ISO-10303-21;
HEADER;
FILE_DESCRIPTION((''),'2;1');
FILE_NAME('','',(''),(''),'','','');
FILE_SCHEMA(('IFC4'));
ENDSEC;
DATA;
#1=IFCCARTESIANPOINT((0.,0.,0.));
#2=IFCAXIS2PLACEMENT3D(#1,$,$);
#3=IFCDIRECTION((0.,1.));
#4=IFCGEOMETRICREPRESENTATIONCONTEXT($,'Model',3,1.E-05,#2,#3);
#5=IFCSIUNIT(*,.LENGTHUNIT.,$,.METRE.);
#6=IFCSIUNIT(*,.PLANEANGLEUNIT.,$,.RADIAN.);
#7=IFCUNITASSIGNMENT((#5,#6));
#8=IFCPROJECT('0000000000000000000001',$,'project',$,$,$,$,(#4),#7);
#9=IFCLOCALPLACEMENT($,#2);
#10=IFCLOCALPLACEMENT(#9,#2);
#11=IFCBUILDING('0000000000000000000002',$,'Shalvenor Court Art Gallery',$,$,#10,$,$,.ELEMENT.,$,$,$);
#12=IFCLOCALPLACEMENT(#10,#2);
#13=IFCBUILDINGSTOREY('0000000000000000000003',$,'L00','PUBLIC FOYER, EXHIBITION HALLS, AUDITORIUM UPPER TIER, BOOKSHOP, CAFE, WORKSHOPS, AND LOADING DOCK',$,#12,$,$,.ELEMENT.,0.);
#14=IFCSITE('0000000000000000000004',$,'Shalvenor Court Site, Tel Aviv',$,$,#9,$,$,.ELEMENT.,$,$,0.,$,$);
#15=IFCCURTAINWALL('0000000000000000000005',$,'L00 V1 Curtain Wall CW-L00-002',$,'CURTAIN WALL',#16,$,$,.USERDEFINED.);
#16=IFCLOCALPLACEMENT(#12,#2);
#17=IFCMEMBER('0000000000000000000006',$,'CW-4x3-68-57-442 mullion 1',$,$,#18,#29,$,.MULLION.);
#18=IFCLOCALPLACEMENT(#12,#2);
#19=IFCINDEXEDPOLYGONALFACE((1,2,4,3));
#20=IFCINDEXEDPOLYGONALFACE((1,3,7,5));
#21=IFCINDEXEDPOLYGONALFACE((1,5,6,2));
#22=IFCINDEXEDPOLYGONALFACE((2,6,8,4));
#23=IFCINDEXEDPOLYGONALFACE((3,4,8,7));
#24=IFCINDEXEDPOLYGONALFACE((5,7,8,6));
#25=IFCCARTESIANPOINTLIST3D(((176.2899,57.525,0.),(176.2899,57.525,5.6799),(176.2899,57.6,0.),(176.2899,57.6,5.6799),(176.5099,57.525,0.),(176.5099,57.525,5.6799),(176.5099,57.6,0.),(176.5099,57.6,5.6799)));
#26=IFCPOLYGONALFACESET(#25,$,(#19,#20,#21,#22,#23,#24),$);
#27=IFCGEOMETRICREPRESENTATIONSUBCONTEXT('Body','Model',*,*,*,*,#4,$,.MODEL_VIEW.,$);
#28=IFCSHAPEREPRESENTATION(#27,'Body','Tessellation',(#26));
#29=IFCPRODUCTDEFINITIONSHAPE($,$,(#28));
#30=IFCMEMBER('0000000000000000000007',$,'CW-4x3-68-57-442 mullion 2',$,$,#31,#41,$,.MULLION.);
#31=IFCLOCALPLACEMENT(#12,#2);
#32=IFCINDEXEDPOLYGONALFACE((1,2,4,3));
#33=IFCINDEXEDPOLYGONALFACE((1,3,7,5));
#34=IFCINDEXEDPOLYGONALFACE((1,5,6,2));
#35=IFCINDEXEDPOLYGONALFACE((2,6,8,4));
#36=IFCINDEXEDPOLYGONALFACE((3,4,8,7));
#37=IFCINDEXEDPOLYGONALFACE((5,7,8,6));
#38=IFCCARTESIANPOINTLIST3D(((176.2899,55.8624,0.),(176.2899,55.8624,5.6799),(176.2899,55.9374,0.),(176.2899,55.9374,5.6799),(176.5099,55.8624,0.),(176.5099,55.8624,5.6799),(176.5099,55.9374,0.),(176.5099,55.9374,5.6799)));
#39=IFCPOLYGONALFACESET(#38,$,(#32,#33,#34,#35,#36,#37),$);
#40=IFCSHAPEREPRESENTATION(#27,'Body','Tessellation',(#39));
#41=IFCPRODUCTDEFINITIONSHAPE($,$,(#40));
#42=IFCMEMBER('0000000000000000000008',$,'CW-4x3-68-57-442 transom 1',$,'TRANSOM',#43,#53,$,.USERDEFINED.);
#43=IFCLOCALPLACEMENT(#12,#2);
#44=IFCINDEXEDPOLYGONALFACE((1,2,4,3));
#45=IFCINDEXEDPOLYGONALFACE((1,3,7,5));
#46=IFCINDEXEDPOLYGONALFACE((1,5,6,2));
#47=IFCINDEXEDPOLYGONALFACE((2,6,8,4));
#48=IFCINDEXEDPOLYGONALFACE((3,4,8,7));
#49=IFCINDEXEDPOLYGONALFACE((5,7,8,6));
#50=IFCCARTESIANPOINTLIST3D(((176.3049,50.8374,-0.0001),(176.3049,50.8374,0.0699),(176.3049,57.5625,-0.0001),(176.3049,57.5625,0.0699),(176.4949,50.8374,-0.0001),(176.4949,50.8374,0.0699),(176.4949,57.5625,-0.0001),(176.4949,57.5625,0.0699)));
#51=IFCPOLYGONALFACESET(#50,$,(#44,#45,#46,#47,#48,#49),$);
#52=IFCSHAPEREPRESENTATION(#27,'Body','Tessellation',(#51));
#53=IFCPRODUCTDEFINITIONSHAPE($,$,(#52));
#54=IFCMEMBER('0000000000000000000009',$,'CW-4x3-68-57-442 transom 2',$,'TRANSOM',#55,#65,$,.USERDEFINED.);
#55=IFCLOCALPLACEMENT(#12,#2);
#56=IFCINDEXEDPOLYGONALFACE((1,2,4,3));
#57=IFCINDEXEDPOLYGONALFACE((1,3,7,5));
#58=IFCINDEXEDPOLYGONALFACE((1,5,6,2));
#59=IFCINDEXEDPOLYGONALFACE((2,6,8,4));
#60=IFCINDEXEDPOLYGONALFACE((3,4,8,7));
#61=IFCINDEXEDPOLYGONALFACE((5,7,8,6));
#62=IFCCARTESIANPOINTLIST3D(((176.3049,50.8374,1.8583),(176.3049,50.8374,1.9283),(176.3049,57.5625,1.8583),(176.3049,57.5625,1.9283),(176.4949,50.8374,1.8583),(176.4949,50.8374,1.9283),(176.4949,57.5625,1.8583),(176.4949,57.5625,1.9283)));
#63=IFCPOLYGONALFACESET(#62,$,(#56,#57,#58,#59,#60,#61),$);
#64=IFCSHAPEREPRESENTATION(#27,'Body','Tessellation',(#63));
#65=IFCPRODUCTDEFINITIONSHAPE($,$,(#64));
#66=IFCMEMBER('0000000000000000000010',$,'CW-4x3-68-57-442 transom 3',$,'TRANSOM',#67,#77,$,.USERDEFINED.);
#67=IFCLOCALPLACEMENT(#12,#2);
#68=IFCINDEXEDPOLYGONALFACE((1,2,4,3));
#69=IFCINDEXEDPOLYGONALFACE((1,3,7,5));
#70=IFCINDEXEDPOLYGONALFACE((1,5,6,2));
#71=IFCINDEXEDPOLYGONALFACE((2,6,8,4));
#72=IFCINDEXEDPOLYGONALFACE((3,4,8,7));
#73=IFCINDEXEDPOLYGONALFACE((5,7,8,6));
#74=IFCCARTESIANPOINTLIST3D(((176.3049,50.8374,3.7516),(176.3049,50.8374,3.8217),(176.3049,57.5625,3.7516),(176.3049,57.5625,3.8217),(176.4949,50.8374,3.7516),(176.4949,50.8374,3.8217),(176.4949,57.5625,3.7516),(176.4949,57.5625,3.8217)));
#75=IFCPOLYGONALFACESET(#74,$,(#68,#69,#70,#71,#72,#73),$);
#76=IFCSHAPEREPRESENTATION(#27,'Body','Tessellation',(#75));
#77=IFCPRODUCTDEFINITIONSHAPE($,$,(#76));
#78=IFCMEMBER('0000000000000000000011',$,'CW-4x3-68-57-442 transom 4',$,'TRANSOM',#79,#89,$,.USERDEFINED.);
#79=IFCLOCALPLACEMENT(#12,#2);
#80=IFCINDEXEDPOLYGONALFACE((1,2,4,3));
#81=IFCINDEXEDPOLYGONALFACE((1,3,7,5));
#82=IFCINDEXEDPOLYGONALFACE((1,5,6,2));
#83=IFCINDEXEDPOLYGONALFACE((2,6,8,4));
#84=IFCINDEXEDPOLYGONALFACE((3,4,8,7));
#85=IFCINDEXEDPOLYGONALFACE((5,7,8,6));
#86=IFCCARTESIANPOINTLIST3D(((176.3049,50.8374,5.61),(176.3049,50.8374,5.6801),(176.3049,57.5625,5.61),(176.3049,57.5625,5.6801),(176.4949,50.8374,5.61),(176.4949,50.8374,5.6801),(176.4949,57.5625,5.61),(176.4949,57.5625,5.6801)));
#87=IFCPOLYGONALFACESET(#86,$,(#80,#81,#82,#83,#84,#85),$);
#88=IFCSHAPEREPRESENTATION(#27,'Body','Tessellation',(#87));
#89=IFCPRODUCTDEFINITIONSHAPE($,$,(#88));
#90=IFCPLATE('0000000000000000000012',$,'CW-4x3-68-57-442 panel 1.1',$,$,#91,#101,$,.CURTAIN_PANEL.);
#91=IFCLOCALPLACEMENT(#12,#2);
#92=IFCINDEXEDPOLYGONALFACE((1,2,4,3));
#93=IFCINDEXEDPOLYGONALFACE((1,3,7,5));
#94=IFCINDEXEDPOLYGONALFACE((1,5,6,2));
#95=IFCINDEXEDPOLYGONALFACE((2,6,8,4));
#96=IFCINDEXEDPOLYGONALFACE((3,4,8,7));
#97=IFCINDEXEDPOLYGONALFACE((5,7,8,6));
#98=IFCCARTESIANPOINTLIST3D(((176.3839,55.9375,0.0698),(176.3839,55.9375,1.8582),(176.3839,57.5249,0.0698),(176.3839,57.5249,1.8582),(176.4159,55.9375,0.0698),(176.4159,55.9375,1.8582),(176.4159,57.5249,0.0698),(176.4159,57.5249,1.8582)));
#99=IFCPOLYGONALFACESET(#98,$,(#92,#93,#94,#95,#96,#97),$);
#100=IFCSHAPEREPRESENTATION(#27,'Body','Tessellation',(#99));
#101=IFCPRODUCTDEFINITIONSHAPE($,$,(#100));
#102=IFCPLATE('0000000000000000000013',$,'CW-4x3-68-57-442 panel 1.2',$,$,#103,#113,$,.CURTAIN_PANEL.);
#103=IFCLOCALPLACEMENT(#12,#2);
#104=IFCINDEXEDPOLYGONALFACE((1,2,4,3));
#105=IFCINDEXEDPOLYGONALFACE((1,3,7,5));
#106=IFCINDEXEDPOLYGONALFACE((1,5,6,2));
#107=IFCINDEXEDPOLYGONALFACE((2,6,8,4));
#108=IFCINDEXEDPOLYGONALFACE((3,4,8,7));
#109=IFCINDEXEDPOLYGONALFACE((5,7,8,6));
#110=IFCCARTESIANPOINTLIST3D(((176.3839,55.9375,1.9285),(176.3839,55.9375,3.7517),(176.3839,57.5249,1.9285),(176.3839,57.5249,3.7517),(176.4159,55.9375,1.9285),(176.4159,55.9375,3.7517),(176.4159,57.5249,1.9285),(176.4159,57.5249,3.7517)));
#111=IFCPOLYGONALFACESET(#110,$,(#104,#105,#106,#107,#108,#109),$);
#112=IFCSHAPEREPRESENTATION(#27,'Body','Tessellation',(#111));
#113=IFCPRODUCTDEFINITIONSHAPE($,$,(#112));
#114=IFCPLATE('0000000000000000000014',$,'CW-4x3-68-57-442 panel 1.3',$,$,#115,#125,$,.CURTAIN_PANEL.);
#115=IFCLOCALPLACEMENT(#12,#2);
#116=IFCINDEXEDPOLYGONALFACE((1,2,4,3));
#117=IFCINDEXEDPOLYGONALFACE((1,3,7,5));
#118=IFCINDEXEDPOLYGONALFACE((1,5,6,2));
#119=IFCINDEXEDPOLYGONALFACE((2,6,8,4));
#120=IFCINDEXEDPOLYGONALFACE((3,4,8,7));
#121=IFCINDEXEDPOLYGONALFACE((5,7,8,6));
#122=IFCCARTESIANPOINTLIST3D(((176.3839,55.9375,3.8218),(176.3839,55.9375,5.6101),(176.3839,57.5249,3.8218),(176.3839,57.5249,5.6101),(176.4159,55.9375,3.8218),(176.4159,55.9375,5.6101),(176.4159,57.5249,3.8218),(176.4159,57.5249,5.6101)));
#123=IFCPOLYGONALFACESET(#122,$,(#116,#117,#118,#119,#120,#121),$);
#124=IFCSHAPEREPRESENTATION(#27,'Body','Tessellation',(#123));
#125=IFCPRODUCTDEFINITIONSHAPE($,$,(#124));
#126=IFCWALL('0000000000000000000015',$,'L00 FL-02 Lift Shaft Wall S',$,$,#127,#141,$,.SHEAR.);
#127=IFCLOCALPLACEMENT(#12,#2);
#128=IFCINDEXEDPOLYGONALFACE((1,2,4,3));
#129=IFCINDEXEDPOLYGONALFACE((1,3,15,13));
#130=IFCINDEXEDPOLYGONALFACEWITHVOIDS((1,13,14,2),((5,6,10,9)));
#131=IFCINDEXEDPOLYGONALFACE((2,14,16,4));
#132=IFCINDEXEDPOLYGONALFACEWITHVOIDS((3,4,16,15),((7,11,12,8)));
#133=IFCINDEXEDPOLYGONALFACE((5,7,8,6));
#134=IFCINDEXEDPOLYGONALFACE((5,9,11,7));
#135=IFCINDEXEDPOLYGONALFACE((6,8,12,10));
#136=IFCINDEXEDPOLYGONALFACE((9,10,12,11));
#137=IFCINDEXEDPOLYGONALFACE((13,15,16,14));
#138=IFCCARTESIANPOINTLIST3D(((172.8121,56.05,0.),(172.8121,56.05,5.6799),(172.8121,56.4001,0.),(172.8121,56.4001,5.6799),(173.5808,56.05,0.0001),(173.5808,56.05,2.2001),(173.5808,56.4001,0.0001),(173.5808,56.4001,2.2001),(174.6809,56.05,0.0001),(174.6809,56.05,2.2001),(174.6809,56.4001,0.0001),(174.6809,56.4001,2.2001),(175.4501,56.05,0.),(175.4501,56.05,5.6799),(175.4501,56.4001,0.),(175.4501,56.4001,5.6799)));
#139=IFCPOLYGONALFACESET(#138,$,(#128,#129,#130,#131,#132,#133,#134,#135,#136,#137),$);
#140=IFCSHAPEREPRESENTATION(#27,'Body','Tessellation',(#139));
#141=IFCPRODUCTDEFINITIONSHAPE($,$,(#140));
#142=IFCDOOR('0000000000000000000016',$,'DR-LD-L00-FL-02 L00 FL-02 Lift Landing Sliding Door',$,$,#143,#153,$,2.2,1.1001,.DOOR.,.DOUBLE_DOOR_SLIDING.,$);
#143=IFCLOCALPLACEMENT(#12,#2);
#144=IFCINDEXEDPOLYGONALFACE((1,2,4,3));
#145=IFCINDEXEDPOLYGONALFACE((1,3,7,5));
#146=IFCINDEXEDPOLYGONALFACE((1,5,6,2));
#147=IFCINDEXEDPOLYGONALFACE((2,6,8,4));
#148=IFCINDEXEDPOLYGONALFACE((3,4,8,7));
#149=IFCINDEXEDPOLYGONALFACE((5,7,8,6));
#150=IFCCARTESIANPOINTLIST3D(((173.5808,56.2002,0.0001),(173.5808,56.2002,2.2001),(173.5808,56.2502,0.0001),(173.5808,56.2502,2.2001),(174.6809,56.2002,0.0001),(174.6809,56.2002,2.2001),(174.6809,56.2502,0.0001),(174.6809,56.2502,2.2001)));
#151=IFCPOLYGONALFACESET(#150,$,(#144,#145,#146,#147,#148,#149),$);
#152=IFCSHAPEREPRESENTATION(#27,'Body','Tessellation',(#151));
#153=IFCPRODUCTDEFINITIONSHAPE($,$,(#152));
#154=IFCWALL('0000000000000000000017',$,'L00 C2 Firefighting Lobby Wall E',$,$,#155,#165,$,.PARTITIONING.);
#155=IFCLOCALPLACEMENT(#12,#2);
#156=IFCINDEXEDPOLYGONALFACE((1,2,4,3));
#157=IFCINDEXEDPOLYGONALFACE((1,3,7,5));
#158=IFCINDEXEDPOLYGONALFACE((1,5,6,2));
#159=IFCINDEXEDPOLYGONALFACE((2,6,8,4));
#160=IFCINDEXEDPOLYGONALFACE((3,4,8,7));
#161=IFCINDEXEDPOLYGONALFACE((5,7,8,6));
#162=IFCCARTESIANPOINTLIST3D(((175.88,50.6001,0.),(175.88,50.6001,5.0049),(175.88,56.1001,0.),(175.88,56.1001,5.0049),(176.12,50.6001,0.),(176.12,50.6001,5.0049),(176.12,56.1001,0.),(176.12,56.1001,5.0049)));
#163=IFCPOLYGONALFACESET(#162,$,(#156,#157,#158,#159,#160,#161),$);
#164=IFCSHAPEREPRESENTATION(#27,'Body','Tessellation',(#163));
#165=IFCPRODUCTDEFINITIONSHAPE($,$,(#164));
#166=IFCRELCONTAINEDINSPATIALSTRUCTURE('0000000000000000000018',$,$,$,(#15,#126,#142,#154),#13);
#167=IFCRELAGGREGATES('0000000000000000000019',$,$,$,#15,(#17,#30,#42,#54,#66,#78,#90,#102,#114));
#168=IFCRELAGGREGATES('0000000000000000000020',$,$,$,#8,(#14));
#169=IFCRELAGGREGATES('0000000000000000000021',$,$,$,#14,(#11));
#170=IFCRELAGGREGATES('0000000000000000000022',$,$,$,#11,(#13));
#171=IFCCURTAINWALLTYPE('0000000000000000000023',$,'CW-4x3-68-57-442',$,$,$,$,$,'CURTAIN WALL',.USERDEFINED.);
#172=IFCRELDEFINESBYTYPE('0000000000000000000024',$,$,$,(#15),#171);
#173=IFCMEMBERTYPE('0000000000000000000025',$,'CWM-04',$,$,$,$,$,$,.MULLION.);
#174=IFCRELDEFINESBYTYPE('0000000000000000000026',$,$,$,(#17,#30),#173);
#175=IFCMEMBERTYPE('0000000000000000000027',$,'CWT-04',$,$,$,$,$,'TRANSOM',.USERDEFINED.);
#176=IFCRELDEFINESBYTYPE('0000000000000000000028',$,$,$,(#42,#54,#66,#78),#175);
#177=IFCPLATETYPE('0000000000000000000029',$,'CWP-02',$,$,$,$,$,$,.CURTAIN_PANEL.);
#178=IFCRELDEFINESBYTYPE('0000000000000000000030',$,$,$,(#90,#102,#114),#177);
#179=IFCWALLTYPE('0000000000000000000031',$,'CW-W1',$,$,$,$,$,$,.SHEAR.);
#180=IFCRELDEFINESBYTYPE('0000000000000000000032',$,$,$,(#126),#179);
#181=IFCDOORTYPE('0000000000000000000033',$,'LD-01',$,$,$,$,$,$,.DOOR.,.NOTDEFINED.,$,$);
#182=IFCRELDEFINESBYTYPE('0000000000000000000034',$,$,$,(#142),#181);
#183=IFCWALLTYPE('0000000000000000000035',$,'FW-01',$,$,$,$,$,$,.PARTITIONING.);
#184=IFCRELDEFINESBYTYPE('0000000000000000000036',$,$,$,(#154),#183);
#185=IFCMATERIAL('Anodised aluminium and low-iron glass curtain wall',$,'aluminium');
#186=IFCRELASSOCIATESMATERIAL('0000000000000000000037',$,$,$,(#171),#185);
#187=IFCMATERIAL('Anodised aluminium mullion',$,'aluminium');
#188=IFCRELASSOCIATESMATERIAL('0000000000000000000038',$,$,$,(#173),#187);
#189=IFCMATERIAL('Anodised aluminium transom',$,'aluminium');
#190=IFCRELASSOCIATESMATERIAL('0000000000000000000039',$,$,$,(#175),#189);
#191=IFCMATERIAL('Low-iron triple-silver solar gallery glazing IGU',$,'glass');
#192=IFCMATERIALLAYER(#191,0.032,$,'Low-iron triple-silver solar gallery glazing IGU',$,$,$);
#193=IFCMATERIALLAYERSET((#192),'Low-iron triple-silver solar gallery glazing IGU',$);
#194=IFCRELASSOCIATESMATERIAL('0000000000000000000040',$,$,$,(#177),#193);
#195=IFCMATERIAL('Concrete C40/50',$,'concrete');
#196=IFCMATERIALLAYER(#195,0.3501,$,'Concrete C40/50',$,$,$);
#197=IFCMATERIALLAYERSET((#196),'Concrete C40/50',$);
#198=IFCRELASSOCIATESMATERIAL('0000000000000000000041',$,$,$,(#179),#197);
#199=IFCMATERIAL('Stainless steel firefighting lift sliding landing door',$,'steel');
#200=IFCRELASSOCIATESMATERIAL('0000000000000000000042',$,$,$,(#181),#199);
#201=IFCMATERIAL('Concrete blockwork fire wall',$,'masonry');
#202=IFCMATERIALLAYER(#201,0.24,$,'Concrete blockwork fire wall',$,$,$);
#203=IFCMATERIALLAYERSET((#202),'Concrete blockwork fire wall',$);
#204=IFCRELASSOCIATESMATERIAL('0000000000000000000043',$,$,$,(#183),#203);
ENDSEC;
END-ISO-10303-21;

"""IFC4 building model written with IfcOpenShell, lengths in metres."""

from ifc_helpers import new_model, si_unit, direction, frame, frame_2d, origin, origin_2d, place, context, subcontext, project, spatial, rectangle, extrude, material, layer, layer_set, material_profile, profile_set, type_object, element, fill, aggregate, save


model = new_model("IFC4")

# Units and contexts
model_context = context("Model", 3, precision=1e-05, world=origin(), true_north=direction((0.0, 1.0)))
body_context = subcontext(model_context, "Body", "Model", "MODEL_VIEW")
ifc_project = project(units=[si_unit("LENGTHUNIT", "METRE"), si_unit("PLANEANGLEUNIT", "RADIAN")], contexts=[model_context])

# Site, building, storey
site_placement = place(None, origin())
site = spatial("IfcSite", under=ifc_project, at=site_placement, Name="Shalvenor Court Site, Tel Aviv", CompositionType="ELEMENT", RefElevation=0.0)
building_placement = place(site_placement, origin())
building = spatial("IfcBuilding", under=site, at=building_placement, Name="Shalvenor Court Art Gallery", CompositionType="ELEMENT")
storey_placement = place(building_placement, origin())
storey = spatial("IfcBuildingStorey", under=building, at=storey_placement, Name="L00", Description="PUBLIC FOYER, EXHIBITION HALLS, AUDITORIUM UPPER TIER, BOOKSHOP, CAFE, WORKSHOPS, AND LOADING DOCK", CompositionType="ELEMENT", Elevation=0.0)

# Curtain wall, members, plates
ifc_material_1 = material(Name="Anodised aluminium and low-iron glass curtain wall", Category="aluminium")
curtain_wall_type = type_object("IfcCurtainWallType", Name="CW-4x3-68-57-442", ElementType="CURTAIN WALL", PredefinedType="USERDEFINED", material=ifc_material_1)
curtain_wall_placement = place(storey_placement, origin())
curtain_wall = element("IfcCurtainWall", 1, at=curtain_wall_placement, inside=storey, type_object=curtain_wall_type, Name="L00 V1 Curtain Wall CW-L00-002", ObjectType="CURTAIN WALL", PredefinedType="USERDEFINED")
ifc_material_2 = material(Name="Anodised aluminium mullion", Category="aluminium")
ifc_material_profile_1 = material_profile(ifc_material_2, rectangle(XDim=0.075, YDim=0.22, at=origin_2d()), Name="CWM-04")
ifc_profile_set_1 = profile_set([ifc_material_profile_1], Name="Anodised aluminium mullion")
member_type_1 = type_object("IfcMemberType", Name="CWM-04", PredefinedType="MULLION", material=ifc_profile_set_1)
member_1_placement = place(storey_placement, frame((176.3999, 57.5625, 0.0), z_axis=(0.0, 0.0, 1.0), x_axis=(0.0, -1.0, 0.0)))
member_1 = element("IfcMember", 2, at=member_1_placement, type_object=member_type_1, Name="CW-4x3-68-57-442 mullion 1", PredefinedType="MULLION", context=body_context, shape_type="SweptSolid", body=[
    extrude(rectangle(XDim=0.075, YDim=0.22, at=origin_2d()), origin(), (0.0, 0.0, 1.0), 5.6799),
])
member_2_placement = place(storey_placement, frame((176.3999, 55.8999, 0.0), z_axis=(0.0, 0.0, 1.0), x_axis=(0.0, -1.0, 0.0)))
member_2 = element("IfcMember", 3, at=member_2_placement, type_object=member_type_1, Name="CW-4x3-68-57-442 mullion 2", PredefinedType="MULLION", context=body_context, shape_type="SweptSolid", body=[
    extrude(rectangle(XDim=0.075, YDim=0.22, at=origin_2d()), origin(), (0.0, 0.0, 1.0), 5.6799),
])
ifc_material_3 = material(Name="Anodised aluminium transom", Category="aluminium")
ifc_material_profile_2 = material_profile(ifc_material_3, rectangle(XDim=0.1899, YDim=0.0701, at=origin_2d()), Name="CWT-04")
ifc_profile_set_2 = profile_set([ifc_material_profile_2], Name="Anodised aluminium transom")
member_type_2 = type_object("IfcMemberType", Name="CWT-04", ElementType="TRANSOM", PredefinedType="USERDEFINED", material=ifc_profile_set_2)
member_3_placement = place(storey_placement, frame((176.3999, 57.5625, 0.0349), z_axis=(0.0, -1.0, 0.0), x_axis=(1.0, 0.0, 0.0)))
member_3 = element("IfcMember", 4, at=member_3_placement, type_object=member_type_2, Name="CW-4x3-68-57-442 transom 1", ObjectType="TRANSOM", PredefinedType="USERDEFINED", context=body_context, shape_type="SweptSolid", body=[
    extrude(rectangle(XDim=0.1899, YDim=0.0701, at=origin_2d()), origin(), (0.0, 0.0, 1.0), 6.7251),
])
member_4_placement = place(storey_placement, frame((176.3999, 57.5625, 1.8933), z_axis=(0.0, -1.0, 0.0), x_axis=(1.0, 0.0, 0.0)))
member_4 = element("IfcMember", 5, at=member_4_placement, type_object=member_type_2, Name="CW-4x3-68-57-442 transom 2", ObjectType="TRANSOM", PredefinedType="USERDEFINED", context=body_context, shape_type="SweptSolid", body=[
    extrude(rectangle(XDim=0.1899, YDim=0.0701, at=origin_2d()), origin(), (0.0, 0.0, 1.0), 6.7251),
])
member_5_placement = place(storey_placement, frame((176.3999, 57.5625, 3.7866), z_axis=(0.0, -1.0, 0.0), x_axis=(1.0, 0.0, 0.0)))
member_5 = element("IfcMember", 6, at=member_5_placement, type_object=member_type_2, Name="CW-4x3-68-57-442 transom 3", ObjectType="TRANSOM", PredefinedType="USERDEFINED", context=body_context, shape_type="SweptSolid", body=[
    extrude(rectangle(XDim=0.1899, YDim=0.0701, at=origin_2d()), origin(), (0.0, 0.0, 1.0), 6.7251),
])
member_6_placement = place(storey_placement, frame((176.3999, 57.5625, 5.645), z_axis=(0.0, -1.0, 0.0), x_axis=(1.0, 0.0, 0.0)))
member_6 = element("IfcMember", 7, at=member_6_placement, type_object=member_type_2, Name="CW-4x3-68-57-442 transom 4", ObjectType="TRANSOM", PredefinedType="USERDEFINED", context=body_context, shape_type="SweptSolid", body=[
    extrude(rectangle(XDim=0.1899, YDim=0.0701, at=origin_2d()), origin(), (0.0, 0.0, 1.0), 6.7251),
])
ifc_material_4 = material(Name="Low-iron triple-silver solar gallery glazing IGU", Category="glass")
ifc_layer_1 = layer(ifc_material_4, 0.032, Name="Low-iron triple-silver solar gallery glazing IGU")
ifc_layer_set_1 = layer_set([ifc_layer_1], Name="Low-iron triple-silver solar gallery glazing IGU")
plate_type = type_object("IfcPlateType", Name="CWP-02", PredefinedType="CURTAIN_PANEL", material=ifc_layer_set_1)
plate_1_placement = place(storey_placement, frame((176.3999, 56.7312, 0.0698), z_axis=(0.0, 0.0, 1.0), x_axis=(0.0, -1.0, 0.0)))
plate_1 = element("IfcPlate", 8, at=plate_1_placement, type_object=plate_type, Name="CW-4x3-68-57-442 panel 1.1", PredefinedType="CURTAIN_PANEL", context=body_context, shape_type="SweptSolid", body=[
    extrude(rectangle(XDim=1.5874, YDim=0.032, at=origin_2d()), origin(), (0.0, 0.0, 1.0), 1.7883),
])
plate_2_placement = place(storey_placement, frame((176.3999, 56.7312, 1.9285), z_axis=(0.0, 0.0, 1.0), x_axis=(0.0, -1.0, 0.0)))
plate_2 = element("IfcPlate", 9, at=plate_2_placement, type_object=plate_type, Name="CW-4x3-68-57-442 panel 1.2", PredefinedType="CURTAIN_PANEL", context=body_context, shape_type="SweptSolid", body=[
    extrude(rectangle(XDim=1.5874, YDim=0.032, at=origin_2d()), origin(), (0.0, 0.0, 1.0), 1.8232),
])
plate_3_placement = place(storey_placement, frame((176.3999, 56.7312, 3.8218), z_axis=(0.0, 0.0, 1.0), x_axis=(0.0, -1.0, 0.0)))
plate_3 = element("IfcPlate", 10, at=plate_3_placement, type_object=plate_type, Name="CW-4x3-68-57-442 panel 1.3", PredefinedType="CURTAIN_PANEL", context=body_context, shape_type="SweptSolid", body=[
    extrude(rectangle(XDim=1.5874, YDim=0.032, at=origin_2d()), origin(), (0.0, 0.0, 1.0), 1.7883),
])
aggregate(curtain_wall, [member_1, member_2, member_3, member_4, member_5, member_6, plate_1, plate_2, plate_3])

# Wall, opening, door
ifc_material_5 = material(Name="Concrete C40/50", Category="concrete")
ifc_layer_2 = layer(ifc_material_5, 0.3501, Name="Concrete C40/50")
ifc_layer_set_2 = layer_set([ifc_layer_2], Name="Concrete C40/50")
wall_type_1 = type_object("IfcWallType", Name="CW-W1", PredefinedType="SHEAR", material=ifc_layer_set_2)
wall_1_placement = place(storey_placement, frame((175.45, 56.2251, 0.0), z_axis=(0.0, 0.0, 1.0), x_axis=(-1.0, 0.0, 0.0)))
wall_1 = element("IfcWall", 11, at=wall_1_placement, inside=storey, type_object=wall_type_1, Name="L00 FL-02 Lift Shaft Wall S", PredefinedType="SHEAR", context=body_context, shape_type="SweptSolid", body=[
    extrude(rectangle(XDim=2.6379, YDim=0.3501, at=frame_2d((1.3188, 0.0))), origin(), (0.0, 0.0, 1.0), 5.6799),
])
opening_placement = place(wall_1_placement, frame((0.769, 0.0, 0.0)))
opening = element("IfcOpeningElement", 12, at=opening_placement, cuts=wall_1, PredefinedType="OPENING", context=body_context, shape_type="SweptSolid", body=[
    extrude(rectangle(XDim=1.1001, YDim=2.2, at=frame_2d((0.55, 1.1001))), frame((0.0, 0.1851, 0.0), z_axis=(0.0, -1.0, 0.0), x_axis=(1.0, 0.0, 0.0)), (0.0, 0.0, 1.0), 0.3701),
])
ifc_material_6 = material(Name="Stainless steel firefighting lift sliding landing door", Category="steel")
door_type = type_object("IfcDoorType", Name="LD-01", OperationType="NOTDEFINED", PredefinedType="DOOR", material=ifc_material_6)
door_placement = place(opening_placement, origin())
door = element("IfcDoor", 13, at=door_placement, inside=storey, type_object=door_type, Name="DR-LD-L00-FL-02 L00 FL-02 Lift Landing Sliding Door", OperationType="DOUBLE_DOOR_SLIDING", OverallHeight=2.2, OverallWidth=1.1001, PredefinedType="DOOR", context=body_context, shape_type="SweptSolid", body=[
    extrude(rectangle(XDim=1.1001, YDim=2.2, at=frame_2d((0.55, 1.1001))), frame((0.0, 0.0249, 0.0), z_axis=(0.0, -1.0, 0.0), x_axis=(1.0, 0.0, 0.0)), (0.0, 0.0, 1.0), 0.05),
])
fill(opening, door)

# Wall
ifc_material_7 = material(Name="Concrete blockwork fire wall", Category="masonry")
ifc_layer_3 = layer(ifc_material_7, 0.24, Name="Concrete blockwork fire wall")
ifc_layer_set_3 = layer_set([ifc_layer_3], Name="Concrete blockwork fire wall")
wall_type_2 = type_object("IfcWallType", Name="FW-01", PredefinedType="PARTITIONING", material=ifc_layer_set_3)
wall_2_placement = place(storey_placement, frame((176.0, 56.1001, 0.0), z_axis=(0.0, 0.0, 1.0), x_axis=(0.0, -1.0, 0.0)))
element("IfcWall", 14, at=wall_2_placement, inside=storey, type_object=wall_type_2, Name="L00 C2 Firefighting Lobby Wall E", PredefinedType="PARTITIONING", context=body_context, shape_type="SweptSolid", body=[
    extrude(rectangle(XDim=5.5, YDim=0.24, at=frame_2d((2.75, 0.0))), origin(), (0.0, 0.0, 1.0), 5.0049),
])

save(model, "model.ifc")
